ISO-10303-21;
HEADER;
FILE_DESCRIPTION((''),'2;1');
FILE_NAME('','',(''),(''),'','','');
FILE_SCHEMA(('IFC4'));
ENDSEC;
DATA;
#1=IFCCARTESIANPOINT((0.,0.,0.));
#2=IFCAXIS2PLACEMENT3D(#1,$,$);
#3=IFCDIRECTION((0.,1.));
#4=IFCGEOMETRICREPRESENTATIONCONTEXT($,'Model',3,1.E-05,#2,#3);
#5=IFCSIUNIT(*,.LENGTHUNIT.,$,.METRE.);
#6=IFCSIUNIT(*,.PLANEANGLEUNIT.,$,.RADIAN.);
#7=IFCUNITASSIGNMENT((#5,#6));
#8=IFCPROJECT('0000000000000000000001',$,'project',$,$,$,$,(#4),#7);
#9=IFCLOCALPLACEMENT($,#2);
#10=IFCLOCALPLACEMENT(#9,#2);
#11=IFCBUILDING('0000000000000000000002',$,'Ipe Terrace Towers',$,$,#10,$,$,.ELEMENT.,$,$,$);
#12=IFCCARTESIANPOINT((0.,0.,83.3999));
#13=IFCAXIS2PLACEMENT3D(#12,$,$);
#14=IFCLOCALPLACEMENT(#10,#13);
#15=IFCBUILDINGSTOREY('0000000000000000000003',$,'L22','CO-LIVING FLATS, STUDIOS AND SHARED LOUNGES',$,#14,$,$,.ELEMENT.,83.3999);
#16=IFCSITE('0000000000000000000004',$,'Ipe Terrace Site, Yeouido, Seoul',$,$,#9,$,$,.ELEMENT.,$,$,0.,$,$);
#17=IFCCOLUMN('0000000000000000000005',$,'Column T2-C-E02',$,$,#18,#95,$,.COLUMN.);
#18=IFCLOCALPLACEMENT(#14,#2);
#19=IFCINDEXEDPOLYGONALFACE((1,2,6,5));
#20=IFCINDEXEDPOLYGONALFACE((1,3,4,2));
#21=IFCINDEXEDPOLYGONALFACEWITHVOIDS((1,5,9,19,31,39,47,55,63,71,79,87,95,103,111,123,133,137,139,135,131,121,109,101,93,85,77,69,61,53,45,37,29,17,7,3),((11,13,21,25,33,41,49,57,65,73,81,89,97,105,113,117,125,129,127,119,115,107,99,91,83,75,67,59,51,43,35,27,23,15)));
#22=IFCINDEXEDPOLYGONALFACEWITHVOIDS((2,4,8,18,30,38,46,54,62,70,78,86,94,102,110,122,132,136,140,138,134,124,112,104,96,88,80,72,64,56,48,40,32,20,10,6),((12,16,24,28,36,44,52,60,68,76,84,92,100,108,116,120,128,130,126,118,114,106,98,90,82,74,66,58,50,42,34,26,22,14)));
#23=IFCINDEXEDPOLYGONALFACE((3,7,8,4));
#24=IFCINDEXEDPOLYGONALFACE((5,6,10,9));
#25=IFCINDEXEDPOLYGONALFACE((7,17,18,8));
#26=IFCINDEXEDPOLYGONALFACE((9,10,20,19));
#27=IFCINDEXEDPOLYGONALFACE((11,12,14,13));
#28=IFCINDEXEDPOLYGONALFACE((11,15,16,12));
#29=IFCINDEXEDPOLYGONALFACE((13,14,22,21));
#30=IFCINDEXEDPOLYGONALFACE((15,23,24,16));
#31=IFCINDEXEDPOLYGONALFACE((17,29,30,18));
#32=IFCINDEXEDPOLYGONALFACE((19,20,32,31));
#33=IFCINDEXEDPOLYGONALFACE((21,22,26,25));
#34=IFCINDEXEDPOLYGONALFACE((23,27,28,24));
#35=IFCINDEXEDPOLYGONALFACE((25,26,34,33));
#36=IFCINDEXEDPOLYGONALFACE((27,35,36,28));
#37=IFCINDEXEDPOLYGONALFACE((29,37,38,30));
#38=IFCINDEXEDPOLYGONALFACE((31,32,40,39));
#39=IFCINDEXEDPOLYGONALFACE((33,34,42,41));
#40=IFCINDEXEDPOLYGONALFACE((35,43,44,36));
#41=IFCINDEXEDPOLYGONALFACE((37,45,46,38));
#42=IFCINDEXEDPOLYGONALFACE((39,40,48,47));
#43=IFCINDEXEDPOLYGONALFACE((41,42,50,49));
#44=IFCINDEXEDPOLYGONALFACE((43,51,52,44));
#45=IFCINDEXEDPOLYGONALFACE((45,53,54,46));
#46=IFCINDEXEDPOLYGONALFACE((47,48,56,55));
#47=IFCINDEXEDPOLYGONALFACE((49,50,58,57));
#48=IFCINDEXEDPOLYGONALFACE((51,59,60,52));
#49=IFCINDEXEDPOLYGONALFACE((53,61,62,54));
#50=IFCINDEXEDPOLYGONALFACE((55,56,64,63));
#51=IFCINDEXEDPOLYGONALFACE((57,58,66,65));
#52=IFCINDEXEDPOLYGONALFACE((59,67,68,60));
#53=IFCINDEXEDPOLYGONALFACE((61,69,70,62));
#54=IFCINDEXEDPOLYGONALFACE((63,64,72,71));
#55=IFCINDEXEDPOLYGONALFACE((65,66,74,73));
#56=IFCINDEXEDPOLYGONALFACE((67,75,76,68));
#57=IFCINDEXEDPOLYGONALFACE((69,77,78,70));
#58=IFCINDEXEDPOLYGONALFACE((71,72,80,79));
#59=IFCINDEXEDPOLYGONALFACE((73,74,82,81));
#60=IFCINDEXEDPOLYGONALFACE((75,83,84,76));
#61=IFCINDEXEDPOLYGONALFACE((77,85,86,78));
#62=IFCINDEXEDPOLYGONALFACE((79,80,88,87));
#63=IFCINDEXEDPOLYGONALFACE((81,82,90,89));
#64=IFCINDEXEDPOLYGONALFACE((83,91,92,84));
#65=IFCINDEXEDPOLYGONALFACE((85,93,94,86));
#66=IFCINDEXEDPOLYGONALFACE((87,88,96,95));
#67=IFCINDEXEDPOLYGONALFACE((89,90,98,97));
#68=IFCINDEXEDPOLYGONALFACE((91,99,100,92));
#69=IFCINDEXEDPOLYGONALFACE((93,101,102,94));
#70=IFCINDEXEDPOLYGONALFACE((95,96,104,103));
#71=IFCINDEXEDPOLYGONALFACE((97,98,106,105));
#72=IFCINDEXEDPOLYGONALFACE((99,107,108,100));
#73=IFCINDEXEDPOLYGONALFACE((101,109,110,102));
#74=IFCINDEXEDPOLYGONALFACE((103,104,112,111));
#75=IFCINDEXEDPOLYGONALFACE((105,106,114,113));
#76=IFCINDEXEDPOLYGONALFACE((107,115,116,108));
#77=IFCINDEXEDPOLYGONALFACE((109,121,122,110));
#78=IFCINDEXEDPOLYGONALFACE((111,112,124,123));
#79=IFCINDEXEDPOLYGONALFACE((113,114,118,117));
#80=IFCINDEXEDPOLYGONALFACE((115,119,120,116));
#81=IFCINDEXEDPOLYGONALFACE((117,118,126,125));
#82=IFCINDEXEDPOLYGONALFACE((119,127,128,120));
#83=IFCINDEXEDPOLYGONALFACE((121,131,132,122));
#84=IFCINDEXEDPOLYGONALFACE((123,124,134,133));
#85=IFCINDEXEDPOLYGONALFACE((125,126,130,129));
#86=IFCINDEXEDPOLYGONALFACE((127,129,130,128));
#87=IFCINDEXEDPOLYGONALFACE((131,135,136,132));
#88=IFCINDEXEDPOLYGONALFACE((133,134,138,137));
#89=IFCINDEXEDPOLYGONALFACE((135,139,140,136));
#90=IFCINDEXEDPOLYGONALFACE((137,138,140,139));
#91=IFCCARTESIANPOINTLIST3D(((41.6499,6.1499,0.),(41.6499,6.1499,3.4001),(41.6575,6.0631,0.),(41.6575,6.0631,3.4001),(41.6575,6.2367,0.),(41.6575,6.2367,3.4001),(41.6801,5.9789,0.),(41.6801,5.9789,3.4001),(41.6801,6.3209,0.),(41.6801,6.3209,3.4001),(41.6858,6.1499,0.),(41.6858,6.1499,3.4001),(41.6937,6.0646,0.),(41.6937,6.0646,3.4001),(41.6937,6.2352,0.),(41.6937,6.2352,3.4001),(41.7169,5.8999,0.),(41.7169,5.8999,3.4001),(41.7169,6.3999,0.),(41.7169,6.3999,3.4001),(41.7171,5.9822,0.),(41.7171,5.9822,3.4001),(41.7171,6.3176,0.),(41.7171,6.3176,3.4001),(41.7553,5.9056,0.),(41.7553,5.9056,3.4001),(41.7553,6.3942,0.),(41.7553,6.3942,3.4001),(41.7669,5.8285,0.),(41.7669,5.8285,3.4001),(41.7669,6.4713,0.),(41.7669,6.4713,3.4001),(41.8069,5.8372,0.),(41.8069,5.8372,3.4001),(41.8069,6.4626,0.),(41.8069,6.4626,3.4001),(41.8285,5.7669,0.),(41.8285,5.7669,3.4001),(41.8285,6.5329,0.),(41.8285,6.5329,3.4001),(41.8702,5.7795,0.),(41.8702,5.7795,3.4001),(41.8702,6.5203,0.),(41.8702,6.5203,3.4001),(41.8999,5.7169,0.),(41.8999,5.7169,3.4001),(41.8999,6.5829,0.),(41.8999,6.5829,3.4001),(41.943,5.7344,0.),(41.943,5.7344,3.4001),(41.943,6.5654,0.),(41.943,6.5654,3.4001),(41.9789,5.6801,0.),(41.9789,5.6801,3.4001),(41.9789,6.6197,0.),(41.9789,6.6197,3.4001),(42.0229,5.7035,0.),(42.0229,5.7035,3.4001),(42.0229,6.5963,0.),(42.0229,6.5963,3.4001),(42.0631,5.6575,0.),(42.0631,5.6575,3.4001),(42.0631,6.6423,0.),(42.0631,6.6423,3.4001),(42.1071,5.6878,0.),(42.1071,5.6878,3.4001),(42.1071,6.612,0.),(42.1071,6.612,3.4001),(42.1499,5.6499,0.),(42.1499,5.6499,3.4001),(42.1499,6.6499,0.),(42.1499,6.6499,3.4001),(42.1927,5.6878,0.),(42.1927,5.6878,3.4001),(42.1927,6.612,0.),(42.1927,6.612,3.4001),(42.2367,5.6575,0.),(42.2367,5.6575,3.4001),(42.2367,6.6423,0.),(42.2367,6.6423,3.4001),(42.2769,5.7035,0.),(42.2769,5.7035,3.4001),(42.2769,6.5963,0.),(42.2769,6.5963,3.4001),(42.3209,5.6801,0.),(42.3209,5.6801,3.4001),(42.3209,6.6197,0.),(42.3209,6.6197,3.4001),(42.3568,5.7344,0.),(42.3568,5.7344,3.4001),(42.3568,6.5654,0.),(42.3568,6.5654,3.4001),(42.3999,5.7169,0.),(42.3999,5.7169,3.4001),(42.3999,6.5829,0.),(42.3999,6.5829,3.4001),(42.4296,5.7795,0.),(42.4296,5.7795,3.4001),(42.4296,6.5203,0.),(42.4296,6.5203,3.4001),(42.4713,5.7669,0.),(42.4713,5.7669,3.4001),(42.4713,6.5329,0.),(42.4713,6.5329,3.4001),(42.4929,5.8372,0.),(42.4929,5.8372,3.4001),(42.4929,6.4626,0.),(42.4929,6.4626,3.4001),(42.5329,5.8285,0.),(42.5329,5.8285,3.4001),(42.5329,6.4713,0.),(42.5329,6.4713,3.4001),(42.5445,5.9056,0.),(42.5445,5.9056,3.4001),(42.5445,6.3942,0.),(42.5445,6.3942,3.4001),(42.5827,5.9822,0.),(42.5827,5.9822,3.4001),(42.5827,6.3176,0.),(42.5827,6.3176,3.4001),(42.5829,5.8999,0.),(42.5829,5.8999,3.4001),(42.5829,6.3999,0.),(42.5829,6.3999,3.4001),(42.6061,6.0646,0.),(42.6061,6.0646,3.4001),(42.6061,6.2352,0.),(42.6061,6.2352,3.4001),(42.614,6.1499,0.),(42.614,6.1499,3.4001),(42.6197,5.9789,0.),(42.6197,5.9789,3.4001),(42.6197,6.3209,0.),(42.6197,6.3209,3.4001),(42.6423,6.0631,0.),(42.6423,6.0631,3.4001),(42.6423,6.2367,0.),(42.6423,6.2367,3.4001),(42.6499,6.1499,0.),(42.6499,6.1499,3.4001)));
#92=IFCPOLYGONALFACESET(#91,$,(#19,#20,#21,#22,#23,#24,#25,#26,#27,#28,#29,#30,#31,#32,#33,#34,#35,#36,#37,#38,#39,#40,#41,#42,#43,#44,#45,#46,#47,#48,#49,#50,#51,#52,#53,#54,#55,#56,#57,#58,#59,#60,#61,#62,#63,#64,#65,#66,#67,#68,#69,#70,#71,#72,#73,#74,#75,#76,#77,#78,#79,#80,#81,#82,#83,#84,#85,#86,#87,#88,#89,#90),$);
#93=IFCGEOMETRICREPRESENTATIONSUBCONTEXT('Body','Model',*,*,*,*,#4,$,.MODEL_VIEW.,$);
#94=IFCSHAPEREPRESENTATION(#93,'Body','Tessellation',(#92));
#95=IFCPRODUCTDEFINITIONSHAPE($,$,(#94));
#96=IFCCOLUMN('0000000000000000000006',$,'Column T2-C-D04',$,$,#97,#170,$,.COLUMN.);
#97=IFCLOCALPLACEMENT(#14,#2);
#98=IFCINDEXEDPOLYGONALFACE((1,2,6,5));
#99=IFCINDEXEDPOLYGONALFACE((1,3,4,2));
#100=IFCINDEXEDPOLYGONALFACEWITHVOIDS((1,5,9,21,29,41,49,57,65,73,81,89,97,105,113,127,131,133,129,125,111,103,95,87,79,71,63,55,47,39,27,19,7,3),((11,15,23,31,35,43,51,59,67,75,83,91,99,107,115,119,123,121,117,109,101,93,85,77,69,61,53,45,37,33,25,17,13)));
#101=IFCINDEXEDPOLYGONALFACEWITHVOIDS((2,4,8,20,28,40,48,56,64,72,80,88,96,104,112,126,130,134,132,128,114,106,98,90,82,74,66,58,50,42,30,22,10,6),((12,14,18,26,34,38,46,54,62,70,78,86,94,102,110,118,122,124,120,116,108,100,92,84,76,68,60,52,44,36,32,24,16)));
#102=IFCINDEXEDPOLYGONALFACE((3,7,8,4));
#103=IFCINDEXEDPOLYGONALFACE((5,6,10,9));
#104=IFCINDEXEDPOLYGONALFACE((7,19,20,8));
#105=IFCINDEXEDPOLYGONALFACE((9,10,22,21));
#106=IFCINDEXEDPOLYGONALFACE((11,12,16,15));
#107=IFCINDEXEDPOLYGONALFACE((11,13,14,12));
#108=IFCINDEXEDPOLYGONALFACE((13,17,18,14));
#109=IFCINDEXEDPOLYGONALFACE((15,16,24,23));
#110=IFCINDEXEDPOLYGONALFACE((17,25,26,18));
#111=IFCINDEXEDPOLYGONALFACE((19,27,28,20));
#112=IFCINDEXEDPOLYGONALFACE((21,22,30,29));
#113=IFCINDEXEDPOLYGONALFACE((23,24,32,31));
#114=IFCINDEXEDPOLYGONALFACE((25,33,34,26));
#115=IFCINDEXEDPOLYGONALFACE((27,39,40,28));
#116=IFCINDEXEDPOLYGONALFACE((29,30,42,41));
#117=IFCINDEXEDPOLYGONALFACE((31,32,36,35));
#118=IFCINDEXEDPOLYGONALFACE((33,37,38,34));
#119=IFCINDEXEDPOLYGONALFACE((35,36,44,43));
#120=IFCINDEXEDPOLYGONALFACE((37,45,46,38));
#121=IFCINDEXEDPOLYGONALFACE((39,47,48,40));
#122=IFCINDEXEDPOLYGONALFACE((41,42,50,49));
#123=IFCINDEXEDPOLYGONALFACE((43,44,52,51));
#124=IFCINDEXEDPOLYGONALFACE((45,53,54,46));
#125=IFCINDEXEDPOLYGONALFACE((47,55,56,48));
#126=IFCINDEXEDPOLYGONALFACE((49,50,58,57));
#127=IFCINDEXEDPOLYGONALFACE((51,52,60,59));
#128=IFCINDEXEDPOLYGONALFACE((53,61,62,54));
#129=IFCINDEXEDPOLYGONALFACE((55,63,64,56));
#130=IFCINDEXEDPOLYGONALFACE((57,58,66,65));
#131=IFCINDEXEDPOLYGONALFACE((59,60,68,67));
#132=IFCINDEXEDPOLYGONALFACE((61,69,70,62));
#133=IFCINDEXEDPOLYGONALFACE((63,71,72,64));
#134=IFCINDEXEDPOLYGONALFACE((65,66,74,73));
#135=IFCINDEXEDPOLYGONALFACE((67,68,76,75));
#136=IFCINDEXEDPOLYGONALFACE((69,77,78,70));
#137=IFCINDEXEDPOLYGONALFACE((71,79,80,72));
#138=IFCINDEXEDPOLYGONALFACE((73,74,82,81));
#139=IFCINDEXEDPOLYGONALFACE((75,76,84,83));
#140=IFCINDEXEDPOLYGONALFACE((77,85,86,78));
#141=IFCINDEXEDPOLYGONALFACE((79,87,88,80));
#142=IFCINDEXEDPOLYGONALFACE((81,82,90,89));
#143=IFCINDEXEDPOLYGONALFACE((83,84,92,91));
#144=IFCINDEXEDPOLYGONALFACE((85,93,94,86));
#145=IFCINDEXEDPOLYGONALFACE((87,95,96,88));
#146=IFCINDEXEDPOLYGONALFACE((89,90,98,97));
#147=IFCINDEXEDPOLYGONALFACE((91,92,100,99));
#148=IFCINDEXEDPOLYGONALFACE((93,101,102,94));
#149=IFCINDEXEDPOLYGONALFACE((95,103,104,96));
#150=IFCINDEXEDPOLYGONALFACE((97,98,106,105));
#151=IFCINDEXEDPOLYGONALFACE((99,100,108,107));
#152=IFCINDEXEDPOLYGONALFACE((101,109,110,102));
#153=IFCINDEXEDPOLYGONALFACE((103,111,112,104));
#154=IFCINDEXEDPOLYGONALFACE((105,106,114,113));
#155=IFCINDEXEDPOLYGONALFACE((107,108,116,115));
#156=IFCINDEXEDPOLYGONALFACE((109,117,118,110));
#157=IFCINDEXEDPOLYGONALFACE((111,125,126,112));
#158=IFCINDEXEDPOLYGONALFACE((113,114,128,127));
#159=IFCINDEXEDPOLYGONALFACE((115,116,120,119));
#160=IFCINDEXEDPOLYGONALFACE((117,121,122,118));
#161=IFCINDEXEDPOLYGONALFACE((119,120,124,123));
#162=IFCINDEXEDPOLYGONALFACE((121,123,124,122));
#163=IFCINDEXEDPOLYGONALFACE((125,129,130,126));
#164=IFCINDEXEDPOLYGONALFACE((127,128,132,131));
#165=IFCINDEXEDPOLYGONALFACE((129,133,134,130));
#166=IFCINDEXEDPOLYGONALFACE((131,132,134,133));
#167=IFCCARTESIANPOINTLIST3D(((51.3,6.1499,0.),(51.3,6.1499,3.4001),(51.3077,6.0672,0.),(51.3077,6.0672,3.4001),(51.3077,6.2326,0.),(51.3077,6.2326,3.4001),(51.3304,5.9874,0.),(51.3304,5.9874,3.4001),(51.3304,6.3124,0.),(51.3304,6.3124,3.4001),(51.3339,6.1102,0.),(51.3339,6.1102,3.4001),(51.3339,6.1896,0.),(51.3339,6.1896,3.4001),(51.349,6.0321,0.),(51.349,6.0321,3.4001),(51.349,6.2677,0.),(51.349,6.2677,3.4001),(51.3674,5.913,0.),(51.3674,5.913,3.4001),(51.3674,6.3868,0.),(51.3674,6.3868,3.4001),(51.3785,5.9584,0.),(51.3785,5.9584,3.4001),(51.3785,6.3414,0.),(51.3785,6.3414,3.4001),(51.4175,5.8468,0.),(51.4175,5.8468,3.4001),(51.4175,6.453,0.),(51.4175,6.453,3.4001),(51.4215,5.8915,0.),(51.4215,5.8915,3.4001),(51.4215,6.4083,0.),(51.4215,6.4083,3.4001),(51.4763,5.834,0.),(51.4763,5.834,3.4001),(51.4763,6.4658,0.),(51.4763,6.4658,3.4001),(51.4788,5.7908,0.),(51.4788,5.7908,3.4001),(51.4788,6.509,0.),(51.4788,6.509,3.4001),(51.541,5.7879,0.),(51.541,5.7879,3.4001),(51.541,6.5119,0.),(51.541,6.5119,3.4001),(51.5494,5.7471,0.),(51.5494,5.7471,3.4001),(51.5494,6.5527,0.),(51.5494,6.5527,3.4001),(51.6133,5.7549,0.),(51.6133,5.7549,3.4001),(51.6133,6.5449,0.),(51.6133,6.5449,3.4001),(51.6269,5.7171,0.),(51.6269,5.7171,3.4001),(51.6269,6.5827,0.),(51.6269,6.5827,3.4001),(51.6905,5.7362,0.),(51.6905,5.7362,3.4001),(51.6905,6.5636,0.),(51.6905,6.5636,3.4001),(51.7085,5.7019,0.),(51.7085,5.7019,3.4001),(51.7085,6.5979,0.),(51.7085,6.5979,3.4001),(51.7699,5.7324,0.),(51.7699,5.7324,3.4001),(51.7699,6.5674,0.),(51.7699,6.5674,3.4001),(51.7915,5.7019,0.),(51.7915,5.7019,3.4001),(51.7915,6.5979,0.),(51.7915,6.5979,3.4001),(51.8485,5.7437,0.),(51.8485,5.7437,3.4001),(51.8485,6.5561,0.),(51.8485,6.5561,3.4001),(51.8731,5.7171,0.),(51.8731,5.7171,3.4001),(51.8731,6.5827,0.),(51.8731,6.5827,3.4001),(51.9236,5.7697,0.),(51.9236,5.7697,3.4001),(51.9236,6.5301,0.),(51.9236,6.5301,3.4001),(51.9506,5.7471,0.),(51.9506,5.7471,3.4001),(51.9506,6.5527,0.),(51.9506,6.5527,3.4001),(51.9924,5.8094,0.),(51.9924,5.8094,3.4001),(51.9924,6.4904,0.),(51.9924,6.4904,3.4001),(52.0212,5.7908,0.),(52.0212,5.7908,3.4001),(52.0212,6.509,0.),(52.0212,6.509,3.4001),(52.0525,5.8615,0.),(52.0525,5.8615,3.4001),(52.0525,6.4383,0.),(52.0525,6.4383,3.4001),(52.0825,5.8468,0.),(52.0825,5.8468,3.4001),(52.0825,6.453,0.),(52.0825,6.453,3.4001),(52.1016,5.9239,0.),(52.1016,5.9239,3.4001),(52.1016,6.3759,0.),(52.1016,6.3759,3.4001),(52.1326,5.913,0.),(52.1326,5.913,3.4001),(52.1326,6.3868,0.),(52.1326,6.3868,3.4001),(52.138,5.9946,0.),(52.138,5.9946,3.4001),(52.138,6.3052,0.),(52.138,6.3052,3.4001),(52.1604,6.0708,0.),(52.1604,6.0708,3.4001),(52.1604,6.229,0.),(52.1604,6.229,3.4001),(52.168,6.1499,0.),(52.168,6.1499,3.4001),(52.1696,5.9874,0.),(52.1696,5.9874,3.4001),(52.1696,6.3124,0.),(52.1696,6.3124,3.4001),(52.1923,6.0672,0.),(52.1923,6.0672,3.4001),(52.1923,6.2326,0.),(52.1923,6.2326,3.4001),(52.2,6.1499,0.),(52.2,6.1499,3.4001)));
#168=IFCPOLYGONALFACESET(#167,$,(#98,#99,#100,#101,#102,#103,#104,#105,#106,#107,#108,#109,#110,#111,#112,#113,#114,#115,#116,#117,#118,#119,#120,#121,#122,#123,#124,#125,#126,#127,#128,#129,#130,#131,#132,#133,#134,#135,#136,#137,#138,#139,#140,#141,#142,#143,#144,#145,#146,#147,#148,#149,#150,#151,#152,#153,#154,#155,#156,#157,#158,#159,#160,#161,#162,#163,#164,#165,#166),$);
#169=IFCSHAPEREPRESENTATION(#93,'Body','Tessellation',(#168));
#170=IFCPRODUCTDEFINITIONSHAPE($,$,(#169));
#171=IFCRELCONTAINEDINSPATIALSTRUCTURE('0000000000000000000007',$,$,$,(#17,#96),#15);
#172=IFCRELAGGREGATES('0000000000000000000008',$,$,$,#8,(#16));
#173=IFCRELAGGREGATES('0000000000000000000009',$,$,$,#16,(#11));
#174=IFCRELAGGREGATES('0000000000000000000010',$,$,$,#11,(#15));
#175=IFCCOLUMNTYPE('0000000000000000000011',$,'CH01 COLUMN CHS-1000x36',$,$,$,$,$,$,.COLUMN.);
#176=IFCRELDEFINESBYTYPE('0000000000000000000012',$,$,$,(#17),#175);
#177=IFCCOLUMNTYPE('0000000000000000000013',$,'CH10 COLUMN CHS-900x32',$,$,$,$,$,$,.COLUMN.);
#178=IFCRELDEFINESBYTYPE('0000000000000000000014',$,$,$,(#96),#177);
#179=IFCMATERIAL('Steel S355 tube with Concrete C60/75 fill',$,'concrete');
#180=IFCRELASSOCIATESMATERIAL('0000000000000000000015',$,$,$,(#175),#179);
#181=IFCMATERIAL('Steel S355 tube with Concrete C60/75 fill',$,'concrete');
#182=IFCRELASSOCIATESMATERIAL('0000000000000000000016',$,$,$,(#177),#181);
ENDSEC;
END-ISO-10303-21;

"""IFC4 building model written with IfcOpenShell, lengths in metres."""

from ifc_helpers import new_model, si_unit, direction, frame, origin, origin_2d, place, context, subcontext, project, spatial, hollow_circle, extrude, material, material_profile, profile_set, type_object, element, save


model = new_model("IFC4")

# Units and contexts
model_context = context("Model", 3, precision=1e-05, world=origin(), true_north=direction((0.0, 1.0)))
body_context = subcontext(model_context, "Body", "Model", "MODEL_VIEW")
ifc_project = project(units=[si_unit("LENGTHUNIT", "METRE"), si_unit("PLANEANGLEUNIT", "RADIAN")], contexts=[model_context])

# Site, building, storey
site_placement = place(None, origin())
site = spatial("IfcSite", under=ifc_project, at=site_placement, Name="Ipe Terrace Site, Yeouido, Seoul", CompositionType="ELEMENT", RefElevation=0.0)
building_placement = place(site_placement, origin())
building = spatial("IfcBuilding", under=site, at=building_placement, Name="Ipe Terrace Towers", CompositionType="ELEMENT")
storey_placement = place(building_placement, frame((0.0, 0.0, 83.3999)))
storey = spatial("IfcBuildingStorey", under=building, at=storey_placement, Name="L22", Description="CO-LIVING FLATS, STUDIOS AND SHARED LOUNGES", CompositionType="ELEMENT", Elevation=83.3999)

# Columns
ifc_material_1 = material(Name="Steel S355 tube with Concrete C60/75 fill", Category="concrete")
ifc_material_profile_1 = material_profile(ifc_material_1, hollow_circle(Radius=0.5, WallThickness=0.0359, at=origin_2d()), Name="CHS-1000x36")
ifc_profile_set_1 = profile_set([ifc_material_profile_1], Name="Steel S355 tube with Concrete C60/75 fill")
column_type_1 = type_object("IfcColumnType", Name="CH01 COLUMN CHS-1000x36", PredefinedType="COLUMN", material=ifc_profile_set_1)
column_placement = place(storey_placement, frame((42.1499, 6.1499, 0.0), z_axis=(0.0, 0.0, 1.0), x_axis=(1.0, 0.0, 0.0)))
element("IfcColumn", 1, at=column_placement, inside=storey, type_object=column_type_1, Name="Column T2-C-E02", PredefinedType="COLUMN", context=body_context, shape_type="SweptSolid", body=[
    extrude(hollow_circle(Radius=0.5, WallThickness=0.0359, at=origin_2d()), origin(), (0.0, 0.0, 1.0), 3.4001),
])
ifc_material_2 = material(Name="Steel S355 tube with Concrete C60/75 fill", Category="concrete")
ifc_material_profile_2 = material_profile(ifc_material_2, hollow_circle(Radius=0.45, WallThickness=0.032, at=origin_2d()), Name="CHS-900x32")
ifc_profile_set_2 = profile_set([ifc_material_profile_2], Name="Steel S355 tube with Concrete C60/75 fill")
column_type_2 = type_object("IfcColumnType", Name="CH10 COLUMN CHS-900x32", PredefinedType="COLUMN", material=ifc_profile_set_2)
for number, where, z_axis, x_axis, name in (
    (2, (51.75, 6.1499, 0.0), (0.0, 0.0, 1.0), (1.0, 0.0, 0.0), "Column T2-C-D04"),
):
    element("IfcColumn", number, at=place(storey_placement, frame(where, z_axis=z_axis, x_axis=x_axis)), inside=storey, type_object=column_type_2, Name=name, PredefinedType="COLUMN", context=body_context, shape_type="SweptSolid", body=[
        extrude(hollow_circle(Radius=0.45, WallThickness=0.032, at=origin_2d()), origin(), (0.0, 0.0, 1.0), 3.4001),
    ])

save(model, "model.ifc")
